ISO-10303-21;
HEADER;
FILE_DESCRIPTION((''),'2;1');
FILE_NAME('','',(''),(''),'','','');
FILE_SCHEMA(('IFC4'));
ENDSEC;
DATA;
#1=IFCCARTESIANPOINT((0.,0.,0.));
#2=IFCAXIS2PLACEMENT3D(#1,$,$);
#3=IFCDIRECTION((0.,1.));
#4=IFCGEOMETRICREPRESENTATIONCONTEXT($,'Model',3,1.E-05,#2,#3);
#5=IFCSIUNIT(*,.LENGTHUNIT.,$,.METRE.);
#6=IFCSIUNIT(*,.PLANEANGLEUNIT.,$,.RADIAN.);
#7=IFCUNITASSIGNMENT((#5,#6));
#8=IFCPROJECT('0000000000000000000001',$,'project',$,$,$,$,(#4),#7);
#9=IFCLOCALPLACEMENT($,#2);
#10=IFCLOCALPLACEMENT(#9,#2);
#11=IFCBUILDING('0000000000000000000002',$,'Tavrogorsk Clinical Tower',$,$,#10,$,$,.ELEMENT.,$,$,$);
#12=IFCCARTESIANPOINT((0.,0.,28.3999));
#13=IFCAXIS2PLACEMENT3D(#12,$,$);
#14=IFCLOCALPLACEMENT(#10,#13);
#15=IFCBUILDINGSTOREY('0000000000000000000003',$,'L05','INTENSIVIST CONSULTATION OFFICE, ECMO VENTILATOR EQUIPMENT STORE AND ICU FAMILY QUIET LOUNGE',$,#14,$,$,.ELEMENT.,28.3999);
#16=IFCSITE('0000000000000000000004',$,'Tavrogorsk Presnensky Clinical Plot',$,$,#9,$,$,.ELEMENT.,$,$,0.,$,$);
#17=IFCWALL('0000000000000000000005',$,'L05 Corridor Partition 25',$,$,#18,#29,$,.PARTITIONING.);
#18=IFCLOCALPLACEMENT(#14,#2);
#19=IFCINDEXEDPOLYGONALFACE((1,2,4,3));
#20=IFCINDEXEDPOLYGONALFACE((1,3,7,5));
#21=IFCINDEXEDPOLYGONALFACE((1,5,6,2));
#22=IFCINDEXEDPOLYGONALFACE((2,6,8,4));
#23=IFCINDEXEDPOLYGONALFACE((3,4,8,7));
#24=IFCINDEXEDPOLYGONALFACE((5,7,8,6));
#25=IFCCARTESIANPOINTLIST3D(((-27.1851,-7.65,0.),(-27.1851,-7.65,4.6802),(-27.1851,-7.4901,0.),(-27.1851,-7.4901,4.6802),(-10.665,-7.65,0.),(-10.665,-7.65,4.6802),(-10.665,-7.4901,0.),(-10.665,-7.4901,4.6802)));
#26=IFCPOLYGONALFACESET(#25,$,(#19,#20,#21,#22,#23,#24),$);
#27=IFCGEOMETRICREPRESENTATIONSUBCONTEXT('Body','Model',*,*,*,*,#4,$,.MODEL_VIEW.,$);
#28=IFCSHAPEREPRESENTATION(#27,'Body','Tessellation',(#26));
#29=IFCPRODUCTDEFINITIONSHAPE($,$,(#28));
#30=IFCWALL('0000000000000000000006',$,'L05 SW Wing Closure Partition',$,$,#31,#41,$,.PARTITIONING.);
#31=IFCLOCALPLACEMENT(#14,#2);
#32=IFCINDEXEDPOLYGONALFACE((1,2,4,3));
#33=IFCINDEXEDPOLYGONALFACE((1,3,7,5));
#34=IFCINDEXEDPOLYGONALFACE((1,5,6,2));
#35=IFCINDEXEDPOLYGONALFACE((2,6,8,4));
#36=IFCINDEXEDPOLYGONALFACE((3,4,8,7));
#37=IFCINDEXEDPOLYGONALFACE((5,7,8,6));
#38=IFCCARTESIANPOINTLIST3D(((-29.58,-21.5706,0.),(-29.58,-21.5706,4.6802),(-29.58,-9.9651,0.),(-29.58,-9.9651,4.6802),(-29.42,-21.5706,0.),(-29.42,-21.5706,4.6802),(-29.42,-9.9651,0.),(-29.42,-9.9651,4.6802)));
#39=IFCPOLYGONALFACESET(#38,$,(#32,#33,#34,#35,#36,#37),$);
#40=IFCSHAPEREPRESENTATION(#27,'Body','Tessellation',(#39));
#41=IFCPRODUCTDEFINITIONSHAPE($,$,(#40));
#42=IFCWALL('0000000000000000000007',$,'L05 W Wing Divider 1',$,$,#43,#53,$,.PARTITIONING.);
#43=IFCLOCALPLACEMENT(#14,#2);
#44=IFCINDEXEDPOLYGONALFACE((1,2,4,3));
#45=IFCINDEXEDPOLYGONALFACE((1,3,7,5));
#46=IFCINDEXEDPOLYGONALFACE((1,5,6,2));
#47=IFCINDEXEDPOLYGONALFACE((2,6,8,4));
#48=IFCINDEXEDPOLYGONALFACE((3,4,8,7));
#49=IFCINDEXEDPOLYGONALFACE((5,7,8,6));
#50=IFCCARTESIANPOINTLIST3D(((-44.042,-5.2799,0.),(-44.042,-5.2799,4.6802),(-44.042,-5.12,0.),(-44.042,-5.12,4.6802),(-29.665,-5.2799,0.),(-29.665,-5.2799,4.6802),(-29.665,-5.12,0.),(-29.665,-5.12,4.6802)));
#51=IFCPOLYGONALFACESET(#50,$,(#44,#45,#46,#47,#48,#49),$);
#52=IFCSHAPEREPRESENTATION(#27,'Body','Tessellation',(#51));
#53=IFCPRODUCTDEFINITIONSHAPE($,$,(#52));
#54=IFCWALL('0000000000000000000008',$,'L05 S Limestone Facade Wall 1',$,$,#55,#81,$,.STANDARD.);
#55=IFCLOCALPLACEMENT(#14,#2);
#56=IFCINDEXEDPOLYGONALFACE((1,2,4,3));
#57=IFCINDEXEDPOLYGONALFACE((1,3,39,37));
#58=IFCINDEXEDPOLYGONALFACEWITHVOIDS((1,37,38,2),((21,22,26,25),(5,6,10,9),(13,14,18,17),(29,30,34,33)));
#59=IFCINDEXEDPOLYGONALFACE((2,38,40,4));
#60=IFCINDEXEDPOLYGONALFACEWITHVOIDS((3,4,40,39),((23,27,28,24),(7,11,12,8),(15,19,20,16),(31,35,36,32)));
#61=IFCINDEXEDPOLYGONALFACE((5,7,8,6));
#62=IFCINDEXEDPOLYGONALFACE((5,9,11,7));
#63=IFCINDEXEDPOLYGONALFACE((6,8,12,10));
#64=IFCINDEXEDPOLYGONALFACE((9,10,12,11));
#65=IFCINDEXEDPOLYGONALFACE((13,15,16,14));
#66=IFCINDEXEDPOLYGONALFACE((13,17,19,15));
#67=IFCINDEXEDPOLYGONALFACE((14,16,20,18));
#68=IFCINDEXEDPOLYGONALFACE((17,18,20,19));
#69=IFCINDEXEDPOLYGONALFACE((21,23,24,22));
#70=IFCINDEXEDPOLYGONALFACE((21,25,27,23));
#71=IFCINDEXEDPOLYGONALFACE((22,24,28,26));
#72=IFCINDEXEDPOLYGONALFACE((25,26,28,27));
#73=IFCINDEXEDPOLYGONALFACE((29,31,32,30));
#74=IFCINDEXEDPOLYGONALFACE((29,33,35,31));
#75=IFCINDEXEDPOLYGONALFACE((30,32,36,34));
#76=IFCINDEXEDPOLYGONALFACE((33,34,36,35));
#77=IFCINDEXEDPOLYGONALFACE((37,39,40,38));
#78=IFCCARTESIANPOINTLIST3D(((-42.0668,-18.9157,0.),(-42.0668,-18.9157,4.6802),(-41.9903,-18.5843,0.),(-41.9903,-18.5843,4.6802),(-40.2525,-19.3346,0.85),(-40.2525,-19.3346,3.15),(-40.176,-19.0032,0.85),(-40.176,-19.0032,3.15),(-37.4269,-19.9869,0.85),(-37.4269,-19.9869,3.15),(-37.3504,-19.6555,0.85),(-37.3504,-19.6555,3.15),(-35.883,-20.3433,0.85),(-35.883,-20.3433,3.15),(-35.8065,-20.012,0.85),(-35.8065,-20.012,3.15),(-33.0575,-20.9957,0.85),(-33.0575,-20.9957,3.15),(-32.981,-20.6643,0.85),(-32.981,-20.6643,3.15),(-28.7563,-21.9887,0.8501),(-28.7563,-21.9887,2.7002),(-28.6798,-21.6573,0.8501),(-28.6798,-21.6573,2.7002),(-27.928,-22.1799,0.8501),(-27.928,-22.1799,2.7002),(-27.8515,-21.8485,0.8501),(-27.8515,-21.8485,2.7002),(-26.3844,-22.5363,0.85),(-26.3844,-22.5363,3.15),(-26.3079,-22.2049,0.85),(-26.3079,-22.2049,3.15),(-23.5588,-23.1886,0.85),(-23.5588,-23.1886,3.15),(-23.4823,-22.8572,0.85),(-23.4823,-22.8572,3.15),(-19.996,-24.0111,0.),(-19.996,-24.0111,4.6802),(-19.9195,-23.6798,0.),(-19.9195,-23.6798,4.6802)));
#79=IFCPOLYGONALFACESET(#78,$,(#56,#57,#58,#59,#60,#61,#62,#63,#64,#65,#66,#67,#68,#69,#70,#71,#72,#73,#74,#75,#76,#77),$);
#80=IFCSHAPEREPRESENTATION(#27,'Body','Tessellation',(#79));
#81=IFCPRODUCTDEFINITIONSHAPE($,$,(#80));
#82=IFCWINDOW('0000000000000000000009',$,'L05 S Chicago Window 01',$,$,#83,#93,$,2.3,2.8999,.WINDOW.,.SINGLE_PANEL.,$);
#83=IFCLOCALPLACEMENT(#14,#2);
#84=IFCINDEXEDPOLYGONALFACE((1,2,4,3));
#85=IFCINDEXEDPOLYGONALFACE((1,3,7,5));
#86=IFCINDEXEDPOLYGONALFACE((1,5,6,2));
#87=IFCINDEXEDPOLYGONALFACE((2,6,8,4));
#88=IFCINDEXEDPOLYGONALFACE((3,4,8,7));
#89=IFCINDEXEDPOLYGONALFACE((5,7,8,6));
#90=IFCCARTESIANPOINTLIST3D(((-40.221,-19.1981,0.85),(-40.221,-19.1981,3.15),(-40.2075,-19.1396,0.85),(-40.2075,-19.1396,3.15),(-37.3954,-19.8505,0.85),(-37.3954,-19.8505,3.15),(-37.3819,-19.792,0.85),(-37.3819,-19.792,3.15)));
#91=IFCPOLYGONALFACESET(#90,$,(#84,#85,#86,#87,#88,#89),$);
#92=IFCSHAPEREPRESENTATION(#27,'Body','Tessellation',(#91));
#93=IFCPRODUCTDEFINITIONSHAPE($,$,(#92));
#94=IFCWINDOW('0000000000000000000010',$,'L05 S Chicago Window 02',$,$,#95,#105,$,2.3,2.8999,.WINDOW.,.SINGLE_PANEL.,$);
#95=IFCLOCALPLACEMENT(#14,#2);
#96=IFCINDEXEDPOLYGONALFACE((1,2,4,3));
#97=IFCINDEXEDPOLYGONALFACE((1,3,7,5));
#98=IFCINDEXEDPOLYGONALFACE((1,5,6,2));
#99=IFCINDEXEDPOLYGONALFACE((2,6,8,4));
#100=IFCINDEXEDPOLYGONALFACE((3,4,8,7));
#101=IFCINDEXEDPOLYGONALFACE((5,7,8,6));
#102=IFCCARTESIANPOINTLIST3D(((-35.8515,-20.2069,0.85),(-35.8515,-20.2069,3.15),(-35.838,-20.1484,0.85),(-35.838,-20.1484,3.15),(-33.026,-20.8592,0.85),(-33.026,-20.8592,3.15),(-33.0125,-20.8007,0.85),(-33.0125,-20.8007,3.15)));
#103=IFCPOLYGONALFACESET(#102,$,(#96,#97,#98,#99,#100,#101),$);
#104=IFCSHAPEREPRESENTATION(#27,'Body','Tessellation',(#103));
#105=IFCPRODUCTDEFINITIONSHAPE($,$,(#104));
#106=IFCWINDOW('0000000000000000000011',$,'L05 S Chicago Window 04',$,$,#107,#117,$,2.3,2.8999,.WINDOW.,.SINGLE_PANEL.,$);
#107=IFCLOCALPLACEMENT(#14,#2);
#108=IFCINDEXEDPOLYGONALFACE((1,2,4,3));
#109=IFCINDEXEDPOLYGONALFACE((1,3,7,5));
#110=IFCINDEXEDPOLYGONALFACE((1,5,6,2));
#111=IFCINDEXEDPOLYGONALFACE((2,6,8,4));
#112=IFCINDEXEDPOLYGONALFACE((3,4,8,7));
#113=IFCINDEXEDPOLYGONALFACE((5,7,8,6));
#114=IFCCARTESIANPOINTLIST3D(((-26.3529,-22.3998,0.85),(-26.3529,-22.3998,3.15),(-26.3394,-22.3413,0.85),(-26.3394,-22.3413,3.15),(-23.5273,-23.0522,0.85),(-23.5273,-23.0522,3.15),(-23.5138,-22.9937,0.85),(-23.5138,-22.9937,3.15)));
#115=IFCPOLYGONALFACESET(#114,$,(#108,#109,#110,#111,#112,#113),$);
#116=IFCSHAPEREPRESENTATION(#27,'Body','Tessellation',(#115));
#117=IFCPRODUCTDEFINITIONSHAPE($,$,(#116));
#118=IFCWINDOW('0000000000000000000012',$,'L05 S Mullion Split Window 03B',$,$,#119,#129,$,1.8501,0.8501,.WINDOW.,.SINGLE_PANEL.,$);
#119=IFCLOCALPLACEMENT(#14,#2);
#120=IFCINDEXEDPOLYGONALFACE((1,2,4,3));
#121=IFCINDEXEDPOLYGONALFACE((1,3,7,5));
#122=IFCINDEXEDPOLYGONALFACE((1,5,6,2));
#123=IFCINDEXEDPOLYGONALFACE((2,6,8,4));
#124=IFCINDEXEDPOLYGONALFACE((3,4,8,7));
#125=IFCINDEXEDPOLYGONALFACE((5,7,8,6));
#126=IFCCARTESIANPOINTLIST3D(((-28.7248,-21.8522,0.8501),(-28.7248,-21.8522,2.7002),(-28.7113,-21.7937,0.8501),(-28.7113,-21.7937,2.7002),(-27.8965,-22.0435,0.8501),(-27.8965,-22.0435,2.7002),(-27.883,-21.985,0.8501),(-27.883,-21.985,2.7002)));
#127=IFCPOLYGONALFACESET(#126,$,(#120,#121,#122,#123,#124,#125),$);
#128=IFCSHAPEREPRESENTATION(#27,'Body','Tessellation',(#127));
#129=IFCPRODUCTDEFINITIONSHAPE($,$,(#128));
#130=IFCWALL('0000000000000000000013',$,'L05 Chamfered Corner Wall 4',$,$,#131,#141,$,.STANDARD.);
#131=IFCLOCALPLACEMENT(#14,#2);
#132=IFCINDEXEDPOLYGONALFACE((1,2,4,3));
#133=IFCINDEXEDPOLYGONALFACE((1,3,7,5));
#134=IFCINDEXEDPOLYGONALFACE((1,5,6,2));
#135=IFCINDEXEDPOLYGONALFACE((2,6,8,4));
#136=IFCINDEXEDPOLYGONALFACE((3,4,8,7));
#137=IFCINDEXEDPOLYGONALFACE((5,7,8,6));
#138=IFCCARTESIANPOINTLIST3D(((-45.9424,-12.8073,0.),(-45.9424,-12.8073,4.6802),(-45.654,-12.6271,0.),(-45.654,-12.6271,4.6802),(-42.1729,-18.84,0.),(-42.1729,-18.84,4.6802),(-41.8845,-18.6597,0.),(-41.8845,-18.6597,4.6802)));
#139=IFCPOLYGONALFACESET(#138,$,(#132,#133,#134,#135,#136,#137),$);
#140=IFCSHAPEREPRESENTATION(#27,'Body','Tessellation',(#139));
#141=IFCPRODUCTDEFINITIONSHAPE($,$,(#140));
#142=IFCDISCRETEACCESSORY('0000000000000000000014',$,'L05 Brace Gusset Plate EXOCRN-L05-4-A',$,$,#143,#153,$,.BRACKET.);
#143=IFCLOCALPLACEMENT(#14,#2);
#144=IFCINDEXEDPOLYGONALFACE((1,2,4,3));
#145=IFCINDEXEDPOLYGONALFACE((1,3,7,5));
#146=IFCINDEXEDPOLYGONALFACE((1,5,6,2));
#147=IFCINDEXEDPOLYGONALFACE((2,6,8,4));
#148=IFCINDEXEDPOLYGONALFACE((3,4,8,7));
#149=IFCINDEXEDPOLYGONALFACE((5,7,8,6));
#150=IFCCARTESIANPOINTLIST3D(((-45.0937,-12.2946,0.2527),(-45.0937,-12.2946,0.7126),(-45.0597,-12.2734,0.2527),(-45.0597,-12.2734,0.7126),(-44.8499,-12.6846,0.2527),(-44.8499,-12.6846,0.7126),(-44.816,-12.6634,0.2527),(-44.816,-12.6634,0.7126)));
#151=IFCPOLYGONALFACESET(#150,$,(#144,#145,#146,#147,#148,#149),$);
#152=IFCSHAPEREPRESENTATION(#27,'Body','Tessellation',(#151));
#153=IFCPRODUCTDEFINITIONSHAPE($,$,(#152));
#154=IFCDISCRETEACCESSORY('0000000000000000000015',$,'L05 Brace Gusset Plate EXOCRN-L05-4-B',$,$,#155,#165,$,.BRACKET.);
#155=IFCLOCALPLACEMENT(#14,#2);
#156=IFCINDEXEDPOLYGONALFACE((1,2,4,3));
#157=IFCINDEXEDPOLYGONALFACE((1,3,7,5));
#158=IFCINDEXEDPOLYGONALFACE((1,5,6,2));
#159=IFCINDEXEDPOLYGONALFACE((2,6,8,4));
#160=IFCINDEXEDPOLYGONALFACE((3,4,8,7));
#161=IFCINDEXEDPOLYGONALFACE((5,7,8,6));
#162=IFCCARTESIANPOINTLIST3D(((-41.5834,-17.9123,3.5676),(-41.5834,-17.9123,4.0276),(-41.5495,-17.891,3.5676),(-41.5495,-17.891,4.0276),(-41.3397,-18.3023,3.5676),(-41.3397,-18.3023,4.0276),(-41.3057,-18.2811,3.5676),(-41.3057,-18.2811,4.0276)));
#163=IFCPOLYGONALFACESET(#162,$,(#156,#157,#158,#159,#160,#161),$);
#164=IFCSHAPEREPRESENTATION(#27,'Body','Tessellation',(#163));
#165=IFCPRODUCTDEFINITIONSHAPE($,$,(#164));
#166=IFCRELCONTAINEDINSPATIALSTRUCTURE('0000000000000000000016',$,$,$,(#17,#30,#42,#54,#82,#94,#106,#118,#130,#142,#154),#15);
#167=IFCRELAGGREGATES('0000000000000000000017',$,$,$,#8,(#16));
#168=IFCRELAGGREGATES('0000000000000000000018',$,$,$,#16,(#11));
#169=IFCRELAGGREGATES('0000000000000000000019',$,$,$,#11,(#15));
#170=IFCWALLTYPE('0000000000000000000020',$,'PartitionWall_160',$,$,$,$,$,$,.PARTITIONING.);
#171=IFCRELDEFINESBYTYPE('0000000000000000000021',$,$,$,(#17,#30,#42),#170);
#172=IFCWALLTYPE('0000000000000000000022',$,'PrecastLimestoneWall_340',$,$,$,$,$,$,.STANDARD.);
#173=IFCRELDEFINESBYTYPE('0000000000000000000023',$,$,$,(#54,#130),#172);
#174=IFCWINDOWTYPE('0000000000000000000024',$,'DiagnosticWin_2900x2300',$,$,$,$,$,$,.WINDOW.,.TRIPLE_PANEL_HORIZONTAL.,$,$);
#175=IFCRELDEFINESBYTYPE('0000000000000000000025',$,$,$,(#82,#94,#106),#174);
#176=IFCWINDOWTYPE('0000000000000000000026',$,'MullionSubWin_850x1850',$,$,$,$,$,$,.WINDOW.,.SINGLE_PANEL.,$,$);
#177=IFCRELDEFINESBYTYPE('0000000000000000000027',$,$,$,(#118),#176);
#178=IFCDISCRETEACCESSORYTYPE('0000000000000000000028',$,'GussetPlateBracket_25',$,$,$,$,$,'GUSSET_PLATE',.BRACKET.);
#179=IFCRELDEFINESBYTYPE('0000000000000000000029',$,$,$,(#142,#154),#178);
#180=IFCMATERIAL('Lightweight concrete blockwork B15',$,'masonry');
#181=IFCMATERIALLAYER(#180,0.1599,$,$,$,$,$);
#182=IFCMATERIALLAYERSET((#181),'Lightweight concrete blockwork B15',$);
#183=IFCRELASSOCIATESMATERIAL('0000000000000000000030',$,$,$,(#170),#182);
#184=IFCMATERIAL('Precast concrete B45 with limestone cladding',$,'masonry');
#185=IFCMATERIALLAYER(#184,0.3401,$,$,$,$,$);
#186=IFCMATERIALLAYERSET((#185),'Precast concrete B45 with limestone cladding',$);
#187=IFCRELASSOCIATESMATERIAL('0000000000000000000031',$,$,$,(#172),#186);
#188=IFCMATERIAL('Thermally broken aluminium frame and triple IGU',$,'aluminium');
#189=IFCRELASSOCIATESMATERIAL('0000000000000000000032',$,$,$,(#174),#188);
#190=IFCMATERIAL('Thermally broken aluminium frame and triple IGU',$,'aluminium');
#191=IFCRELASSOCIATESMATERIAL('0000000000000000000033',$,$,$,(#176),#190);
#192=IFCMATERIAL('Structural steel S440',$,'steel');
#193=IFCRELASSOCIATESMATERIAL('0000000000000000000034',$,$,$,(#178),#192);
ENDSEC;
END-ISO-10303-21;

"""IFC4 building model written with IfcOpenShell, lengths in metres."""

from ifc_helpers import new_model, si_unit, direction, frame, frame_2d, origin, origin_2d, place, context, subcontext, project, spatial, rectangle, extrude, material, layer, layer_set, type_object, element, fill, save


model = new_model("IFC4")

# Units and contexts
model_context = context("Model", 3, precision=1e-05, world=origin(), true_north=direction((0.0, 1.0)))
body_context = subcontext(model_context, "Body", "Model", "MODEL_VIEW")
ifc_project = project(units=[si_unit("LENGTHUNIT", "METRE"), si_unit("PLANEANGLEUNIT", "RADIAN")], contexts=[model_context])

# Site, building, storey
site_placement = place(None, origin())
site = spatial("IfcSite", under=ifc_project, at=site_placement, Name="Tavrogorsk Presnensky Clinical Plot", CompositionType="ELEMENT", RefElevation=0.0)
building_placement = place(site_placement, origin())
building = spatial("IfcBuilding", under=site, at=building_placement, Name="Tavrogorsk Clinical Tower", CompositionType="ELEMENT")
storey_placement = place(building_placement, frame((0.0, 0.0, 28.3999)))
storey = spatial("IfcBuildingStorey", under=building, at=storey_placement, Name="L05", Description="INTENSIVIST CONSULTATION OFFICE, ECMO VENTILATOR EQUIPMENT STORE AND ICU FAMILY QUIET LOUNGE", CompositionType="ELEMENT", Elevation=28.3999)

# Shared definitions
ifc_material_1 = material(Name="Lightweight concrete blockwork B15", Category="masonry")
ifc_layer_1 = layer(ifc_material_1, 0.1599)
ifc_layer_set_1 = layer_set([ifc_layer_1], Name="Lightweight concrete blockwork B15")
wall_type_1 = type_object("IfcWallType", Name="PartitionWall_160", PredefinedType="PARTITIONING", material=ifc_layer_set_1)

# Walls
wall_1_placement = place(storey_placement, frame((-27.1851, -7.5701, 0.0), z_axis=(0.0, 0.0, 1.0), x_axis=(1.0, 0.0, 0.0)))
element("IfcWall", 1, at=wall_1_placement, inside=storey, type_object=wall_type_1, Name="L05 Corridor Partition 25", PredefinedType="PARTITIONING", context=body_context, shape_type="SweptSolid", body=[
    extrude(rectangle(XDim=16.52, YDim=0.1599, at=frame_2d((8.26, 0.0))), origin(), (0.0, 0.0, 1.0), 4.6802),
])
wall_2_placement = place(storey_placement, frame((-29.5, -21.5706, 0.0), z_axis=(0.0, 0.0, 1.0), x_axis=(0.0, 1.0, 0.0)))
element("IfcWall", 2, at=wall_2_placement, inside=storey, type_object=wall_type_1, Name="L05 SW Wing Closure Partition", PredefinedType="PARTITIONING", context=body_context, shape_type="SweptSolid", body=[
    extrude(rectangle(XDim=11.6055, YDim=0.1599, at=frame_2d((5.8027, 0.0))), origin(), (0.0, 0.0, 1.0), 4.6802),
])
wall_3_placement = place(storey_placement, frame((-44.042, -5.2, 0.0), z_axis=(0.0, 0.0, 1.0), x_axis=(1.0, 0.0, 0.0)))
element("IfcWall", 3, at=wall_3_placement, inside=storey, type_object=wall_type_1, Name="L05 W Wing Divider 1", PredefinedType="PARTITIONING", context=body_context, shape_type="SweptSolid", body=[
    extrude(rectangle(XDim=14.377, YDim=0.1599, at=frame_2d((7.1885, 0.0))), origin(), (0.0, 0.0, 1.0), 4.6802),
])

# Wall, openings, windows
ifc_material_2 = material(Name="Precast concrete B45 with limestone cladding", Category="masonry")
ifc_layer_2 = layer(ifc_material_2, 0.3401)
ifc_layer_set_2 = layer_set([ifc_layer_2], Name="Precast concrete B45 with limestone cladding")
wall_type_2 = type_object("IfcWallType", Name="PrecastLimestoneWall_340", PredefinedType="STANDARD", material=ifc_layer_set_2)
wall_4_placement = place(storey_placement, frame((-42.0286, -18.75, 0.0), z_axis=(0.0, 0.0, 1.0), x_axis=(0.97437, -0.224952, 0.0)))
wall_4 = element("IfcWall", 4, at=wall_4_placement, inside=storey, type_object=wall_type_2, Name="L05 S Limestone Facade Wall 1", PredefinedType="STANDARD", context=body_context, shape_type="SweptSolid", body=[
    extrude(rectangle(XDim=22.6514, YDim=0.3401, at=frame_2d((11.3257, 0.0))), origin(), (0.0, 0.0, 1.0), 4.6802),
])
opening_1_placement = place(wall_4_placement, frame((1.8621, 0.0, 0.8501)))
opening_1 = element("IfcOpeningElement", 5, at=opening_1_placement, cuts=wall_4, PredefinedType="OPENING", context=body_context, shape_type="SweptSolid", body=[
    extrude(rectangle(XDim=2.8999, YDim=2.3, at=frame_2d((1.45, 1.1499))), frame((0.0, 0.1799, 0.0), z_axis=(0.0, -1.0, 0.0), x_axis=(1.0, 0.0, 0.0)), (0.0, 0.0, 1.0), 0.3601),
])
opening_2_placement = place(wall_4_placement, frame((6.3464, 0.0, 0.8501)))
opening_2 = element("IfcOpeningElement", 6, at=opening_2_placement, cuts=wall_4, PredefinedType="OPENING", context=body_context, shape_type="SweptSolid", body=[
    extrude(rectangle(XDim=2.8999, YDim=2.3, at=frame_2d((1.45, 1.1499))), frame((0.0, 0.1799, 0.0), z_axis=(0.0, -1.0, 0.0), x_axis=(1.0, 0.0, 0.0)), (0.0, 0.0, 1.0), 0.3601),
])
opening_3_placement = place(wall_4_placement, frame((13.6606, 0.0, 0.8501)))
opening_3 = element("IfcOpeningElement", 7, at=opening_3_placement, cuts=wall_4, PredefinedType="OPENING", context=body_context, shape_type="SweptSolid", body=[
    extrude(rectangle(XDim=0.8501, YDim=1.8501, at=frame_2d((0.425, 0.925))), frame((0.0, 0.1799, 0.0), z_axis=(0.0, -1.0, 0.0), x_axis=(1.0, 0.0, 0.0)), (0.0, 0.0, 1.0), 0.3601),
])
opening_4_placement = place(wall_4_placement, frame((16.095, 0.0, 0.8501)))
opening_4 = element("IfcOpeningElement", 8, at=opening_4_placement, cuts=wall_4, PredefinedType="OPENING", context=body_context, shape_type="SweptSolid", body=[
    extrude(rectangle(XDim=2.8999, YDim=2.3, at=frame_2d((1.45, 1.1499))), frame((0.0, 0.1799, 0.0), z_axis=(0.0, -1.0, 0.0), x_axis=(1.0, 0.0, 0.0)), (0.0, 0.0, 1.0), 0.3601),
])
ifc_material_3 = material(Name="Thermally broken aluminium frame and triple IGU", Category="aluminium")
window_type_1 = type_object("IfcWindowType", Name="DiagnosticWin_2900x2300", PartitioningType="TRIPLE_PANEL_HORIZONTAL", PredefinedType="WINDOW", material=ifc_material_3)
window_1_placement = place(opening_1_placement, origin())
window_1 = element("IfcWindow", 9, at=window_1_placement, inside=storey, type_object=window_type_1, Name="L05 S Chicago Window 01", OverallHeight=2.3, OverallWidth=2.8999, PartitioningType="SINGLE_PANEL", PredefinedType="WINDOW", context=body_context, shape_type="SweptSolid", body=[
    extrude(rectangle(XDim=2.8999, YDim=2.3, at=frame_2d((1.45, 1.1499))), frame((0.0, 0.03, 0.0), z_axis=(0.0, -1.0, 0.0), x_axis=(1.0, 0.0, 0.0)), (0.0, 0.0, 1.0), 0.0601),
])
fill(opening_1, window_1)
window_2_placement = place(opening_2_placement, origin())
window_2 = element("IfcWindow", 10, at=window_2_placement, inside=storey, type_object=window_type_1, Name="L05 S Chicago Window 02", OverallHeight=2.3, OverallWidth=2.8999, PartitioningType="SINGLE_PANEL", PredefinedType="WINDOW", context=body_context, shape_type="SweptSolid", body=[
    extrude(rectangle(XDim=2.8999, YDim=2.3, at=frame_2d((1.45, 1.1499))), frame((0.0, 0.03, 0.0), z_axis=(0.0, -1.0, 0.0), x_axis=(1.0, 0.0, 0.0)), (0.0, 0.0, 1.0), 0.0601),
])
fill(opening_2, window_2)
window_3_placement = place(opening_4_placement, origin())
window_3 = element("IfcWindow", 11, at=window_3_placement, inside=storey, type_object=window_type_1, Name="L05 S Chicago Window 04", OverallHeight=2.3, OverallWidth=2.8999, PartitioningType="SINGLE_PANEL", PredefinedType="WINDOW", context=body_context, shape_type="SweptSolid", body=[
    extrude(rectangle(XDim=2.8999, YDim=2.3, at=frame_2d((1.45, 1.1499))), frame((0.0, 0.03, 0.0), z_axis=(0.0, -1.0, 0.0), x_axis=(1.0, 0.0, 0.0)), (0.0, 0.0, 1.0), 0.0601),
])
fill(opening_4, window_3)
ifc_material_4 = material(Name="Thermally broken aluminium frame and triple IGU", Category="aluminium")
window_type_2 = type_object("IfcWindowType", Name="MullionSubWin_850x1850", PartitioningType="SINGLE_PANEL", PredefinedType="WINDOW", material=ifc_material_4)
window_4_placement = place(opening_3_placement, origin())
window_4 = element("IfcWindow", 12, at=window_4_placement, inside=storey, type_object=window_type_2, Name="L05 S Mullion Split Window 03B", OverallHeight=1.8501, OverallWidth=0.8501, PartitioningType="SINGLE_PANEL", PredefinedType="WINDOW", context=body_context, shape_type="SweptSolid", body=[
    extrude(rectangle(XDim=0.8501, YDim=1.8501, at=frame_2d((0.425, 0.925))), frame((0.0, 0.03, 0.0), z_axis=(0.0, -1.0, 0.0), x_axis=(1.0, 0.0, 0.0)), (0.0, 0.0, 1.0), 0.0601),
])
fill(opening_3, window_4)

# Wall
wall_5_placement = place(storey_placement, frame((-45.7981, -12.7173, 0.0), z_axis=(0.0, 0.0, 1.0), x_axis=(0.529906, -0.848056, 0.0)))
element("IfcWall", 13, at=wall_5_placement, inside=storey, type_object=wall_type_2, Name="L05 Chamfered Corner Wall 4", PredefinedType="STANDARD", context=body_context, shape_type="SweptSolid", body=[
    extrude(rectangle(XDim=7.1135, YDim=0.3401, at=frame_2d((3.5566, 0.0))), origin(), (0.0, 0.0, 1.0), 4.6802),
])

# Discrete accessories
ifc_material_5 = material(Name="Structural steel S440", Category="steel")
discrete_accessory_type = type_object("IfcDiscreteAccessoryType", Name="GussetPlateBracket_25", ElementType="GUSSET_PLATE", PredefinedType="BRACKET", material=ifc_material_5)
for number, where, z_axis, x_axis, name in (
    (14, (-44.9548, -12.479, 0.2527), (0.0, 0.0, 1.0), (0.529919, -0.848048, 0.0), "L05 Brace Gusset Plate EXOCRN-L05-4-A"),
    (15, (-41.4446, -18.0967, 3.5676), (0.0, 0.0, 1.0), (0.529919, -0.848048, 0.0), "L05 Brace Gusset Plate EXOCRN-L05-4-B"),
):
    element("IfcDiscreteAccessory", number, at=place(storey_placement, frame(where, z_axis=z_axis, x_axis=x_axis)), inside=storey, type_object=discrete_accessory_type, Name=name, PredefinedType="BRACKET", context=body_context, shape_type="SweptSolid", body=[
        extrude(rectangle(XDim=0.46, YDim=0.04, at=origin_2d()), origin(), (0.0, 0.0, 1.0), 0.46),
    ])

save(model, "model.ifc")
